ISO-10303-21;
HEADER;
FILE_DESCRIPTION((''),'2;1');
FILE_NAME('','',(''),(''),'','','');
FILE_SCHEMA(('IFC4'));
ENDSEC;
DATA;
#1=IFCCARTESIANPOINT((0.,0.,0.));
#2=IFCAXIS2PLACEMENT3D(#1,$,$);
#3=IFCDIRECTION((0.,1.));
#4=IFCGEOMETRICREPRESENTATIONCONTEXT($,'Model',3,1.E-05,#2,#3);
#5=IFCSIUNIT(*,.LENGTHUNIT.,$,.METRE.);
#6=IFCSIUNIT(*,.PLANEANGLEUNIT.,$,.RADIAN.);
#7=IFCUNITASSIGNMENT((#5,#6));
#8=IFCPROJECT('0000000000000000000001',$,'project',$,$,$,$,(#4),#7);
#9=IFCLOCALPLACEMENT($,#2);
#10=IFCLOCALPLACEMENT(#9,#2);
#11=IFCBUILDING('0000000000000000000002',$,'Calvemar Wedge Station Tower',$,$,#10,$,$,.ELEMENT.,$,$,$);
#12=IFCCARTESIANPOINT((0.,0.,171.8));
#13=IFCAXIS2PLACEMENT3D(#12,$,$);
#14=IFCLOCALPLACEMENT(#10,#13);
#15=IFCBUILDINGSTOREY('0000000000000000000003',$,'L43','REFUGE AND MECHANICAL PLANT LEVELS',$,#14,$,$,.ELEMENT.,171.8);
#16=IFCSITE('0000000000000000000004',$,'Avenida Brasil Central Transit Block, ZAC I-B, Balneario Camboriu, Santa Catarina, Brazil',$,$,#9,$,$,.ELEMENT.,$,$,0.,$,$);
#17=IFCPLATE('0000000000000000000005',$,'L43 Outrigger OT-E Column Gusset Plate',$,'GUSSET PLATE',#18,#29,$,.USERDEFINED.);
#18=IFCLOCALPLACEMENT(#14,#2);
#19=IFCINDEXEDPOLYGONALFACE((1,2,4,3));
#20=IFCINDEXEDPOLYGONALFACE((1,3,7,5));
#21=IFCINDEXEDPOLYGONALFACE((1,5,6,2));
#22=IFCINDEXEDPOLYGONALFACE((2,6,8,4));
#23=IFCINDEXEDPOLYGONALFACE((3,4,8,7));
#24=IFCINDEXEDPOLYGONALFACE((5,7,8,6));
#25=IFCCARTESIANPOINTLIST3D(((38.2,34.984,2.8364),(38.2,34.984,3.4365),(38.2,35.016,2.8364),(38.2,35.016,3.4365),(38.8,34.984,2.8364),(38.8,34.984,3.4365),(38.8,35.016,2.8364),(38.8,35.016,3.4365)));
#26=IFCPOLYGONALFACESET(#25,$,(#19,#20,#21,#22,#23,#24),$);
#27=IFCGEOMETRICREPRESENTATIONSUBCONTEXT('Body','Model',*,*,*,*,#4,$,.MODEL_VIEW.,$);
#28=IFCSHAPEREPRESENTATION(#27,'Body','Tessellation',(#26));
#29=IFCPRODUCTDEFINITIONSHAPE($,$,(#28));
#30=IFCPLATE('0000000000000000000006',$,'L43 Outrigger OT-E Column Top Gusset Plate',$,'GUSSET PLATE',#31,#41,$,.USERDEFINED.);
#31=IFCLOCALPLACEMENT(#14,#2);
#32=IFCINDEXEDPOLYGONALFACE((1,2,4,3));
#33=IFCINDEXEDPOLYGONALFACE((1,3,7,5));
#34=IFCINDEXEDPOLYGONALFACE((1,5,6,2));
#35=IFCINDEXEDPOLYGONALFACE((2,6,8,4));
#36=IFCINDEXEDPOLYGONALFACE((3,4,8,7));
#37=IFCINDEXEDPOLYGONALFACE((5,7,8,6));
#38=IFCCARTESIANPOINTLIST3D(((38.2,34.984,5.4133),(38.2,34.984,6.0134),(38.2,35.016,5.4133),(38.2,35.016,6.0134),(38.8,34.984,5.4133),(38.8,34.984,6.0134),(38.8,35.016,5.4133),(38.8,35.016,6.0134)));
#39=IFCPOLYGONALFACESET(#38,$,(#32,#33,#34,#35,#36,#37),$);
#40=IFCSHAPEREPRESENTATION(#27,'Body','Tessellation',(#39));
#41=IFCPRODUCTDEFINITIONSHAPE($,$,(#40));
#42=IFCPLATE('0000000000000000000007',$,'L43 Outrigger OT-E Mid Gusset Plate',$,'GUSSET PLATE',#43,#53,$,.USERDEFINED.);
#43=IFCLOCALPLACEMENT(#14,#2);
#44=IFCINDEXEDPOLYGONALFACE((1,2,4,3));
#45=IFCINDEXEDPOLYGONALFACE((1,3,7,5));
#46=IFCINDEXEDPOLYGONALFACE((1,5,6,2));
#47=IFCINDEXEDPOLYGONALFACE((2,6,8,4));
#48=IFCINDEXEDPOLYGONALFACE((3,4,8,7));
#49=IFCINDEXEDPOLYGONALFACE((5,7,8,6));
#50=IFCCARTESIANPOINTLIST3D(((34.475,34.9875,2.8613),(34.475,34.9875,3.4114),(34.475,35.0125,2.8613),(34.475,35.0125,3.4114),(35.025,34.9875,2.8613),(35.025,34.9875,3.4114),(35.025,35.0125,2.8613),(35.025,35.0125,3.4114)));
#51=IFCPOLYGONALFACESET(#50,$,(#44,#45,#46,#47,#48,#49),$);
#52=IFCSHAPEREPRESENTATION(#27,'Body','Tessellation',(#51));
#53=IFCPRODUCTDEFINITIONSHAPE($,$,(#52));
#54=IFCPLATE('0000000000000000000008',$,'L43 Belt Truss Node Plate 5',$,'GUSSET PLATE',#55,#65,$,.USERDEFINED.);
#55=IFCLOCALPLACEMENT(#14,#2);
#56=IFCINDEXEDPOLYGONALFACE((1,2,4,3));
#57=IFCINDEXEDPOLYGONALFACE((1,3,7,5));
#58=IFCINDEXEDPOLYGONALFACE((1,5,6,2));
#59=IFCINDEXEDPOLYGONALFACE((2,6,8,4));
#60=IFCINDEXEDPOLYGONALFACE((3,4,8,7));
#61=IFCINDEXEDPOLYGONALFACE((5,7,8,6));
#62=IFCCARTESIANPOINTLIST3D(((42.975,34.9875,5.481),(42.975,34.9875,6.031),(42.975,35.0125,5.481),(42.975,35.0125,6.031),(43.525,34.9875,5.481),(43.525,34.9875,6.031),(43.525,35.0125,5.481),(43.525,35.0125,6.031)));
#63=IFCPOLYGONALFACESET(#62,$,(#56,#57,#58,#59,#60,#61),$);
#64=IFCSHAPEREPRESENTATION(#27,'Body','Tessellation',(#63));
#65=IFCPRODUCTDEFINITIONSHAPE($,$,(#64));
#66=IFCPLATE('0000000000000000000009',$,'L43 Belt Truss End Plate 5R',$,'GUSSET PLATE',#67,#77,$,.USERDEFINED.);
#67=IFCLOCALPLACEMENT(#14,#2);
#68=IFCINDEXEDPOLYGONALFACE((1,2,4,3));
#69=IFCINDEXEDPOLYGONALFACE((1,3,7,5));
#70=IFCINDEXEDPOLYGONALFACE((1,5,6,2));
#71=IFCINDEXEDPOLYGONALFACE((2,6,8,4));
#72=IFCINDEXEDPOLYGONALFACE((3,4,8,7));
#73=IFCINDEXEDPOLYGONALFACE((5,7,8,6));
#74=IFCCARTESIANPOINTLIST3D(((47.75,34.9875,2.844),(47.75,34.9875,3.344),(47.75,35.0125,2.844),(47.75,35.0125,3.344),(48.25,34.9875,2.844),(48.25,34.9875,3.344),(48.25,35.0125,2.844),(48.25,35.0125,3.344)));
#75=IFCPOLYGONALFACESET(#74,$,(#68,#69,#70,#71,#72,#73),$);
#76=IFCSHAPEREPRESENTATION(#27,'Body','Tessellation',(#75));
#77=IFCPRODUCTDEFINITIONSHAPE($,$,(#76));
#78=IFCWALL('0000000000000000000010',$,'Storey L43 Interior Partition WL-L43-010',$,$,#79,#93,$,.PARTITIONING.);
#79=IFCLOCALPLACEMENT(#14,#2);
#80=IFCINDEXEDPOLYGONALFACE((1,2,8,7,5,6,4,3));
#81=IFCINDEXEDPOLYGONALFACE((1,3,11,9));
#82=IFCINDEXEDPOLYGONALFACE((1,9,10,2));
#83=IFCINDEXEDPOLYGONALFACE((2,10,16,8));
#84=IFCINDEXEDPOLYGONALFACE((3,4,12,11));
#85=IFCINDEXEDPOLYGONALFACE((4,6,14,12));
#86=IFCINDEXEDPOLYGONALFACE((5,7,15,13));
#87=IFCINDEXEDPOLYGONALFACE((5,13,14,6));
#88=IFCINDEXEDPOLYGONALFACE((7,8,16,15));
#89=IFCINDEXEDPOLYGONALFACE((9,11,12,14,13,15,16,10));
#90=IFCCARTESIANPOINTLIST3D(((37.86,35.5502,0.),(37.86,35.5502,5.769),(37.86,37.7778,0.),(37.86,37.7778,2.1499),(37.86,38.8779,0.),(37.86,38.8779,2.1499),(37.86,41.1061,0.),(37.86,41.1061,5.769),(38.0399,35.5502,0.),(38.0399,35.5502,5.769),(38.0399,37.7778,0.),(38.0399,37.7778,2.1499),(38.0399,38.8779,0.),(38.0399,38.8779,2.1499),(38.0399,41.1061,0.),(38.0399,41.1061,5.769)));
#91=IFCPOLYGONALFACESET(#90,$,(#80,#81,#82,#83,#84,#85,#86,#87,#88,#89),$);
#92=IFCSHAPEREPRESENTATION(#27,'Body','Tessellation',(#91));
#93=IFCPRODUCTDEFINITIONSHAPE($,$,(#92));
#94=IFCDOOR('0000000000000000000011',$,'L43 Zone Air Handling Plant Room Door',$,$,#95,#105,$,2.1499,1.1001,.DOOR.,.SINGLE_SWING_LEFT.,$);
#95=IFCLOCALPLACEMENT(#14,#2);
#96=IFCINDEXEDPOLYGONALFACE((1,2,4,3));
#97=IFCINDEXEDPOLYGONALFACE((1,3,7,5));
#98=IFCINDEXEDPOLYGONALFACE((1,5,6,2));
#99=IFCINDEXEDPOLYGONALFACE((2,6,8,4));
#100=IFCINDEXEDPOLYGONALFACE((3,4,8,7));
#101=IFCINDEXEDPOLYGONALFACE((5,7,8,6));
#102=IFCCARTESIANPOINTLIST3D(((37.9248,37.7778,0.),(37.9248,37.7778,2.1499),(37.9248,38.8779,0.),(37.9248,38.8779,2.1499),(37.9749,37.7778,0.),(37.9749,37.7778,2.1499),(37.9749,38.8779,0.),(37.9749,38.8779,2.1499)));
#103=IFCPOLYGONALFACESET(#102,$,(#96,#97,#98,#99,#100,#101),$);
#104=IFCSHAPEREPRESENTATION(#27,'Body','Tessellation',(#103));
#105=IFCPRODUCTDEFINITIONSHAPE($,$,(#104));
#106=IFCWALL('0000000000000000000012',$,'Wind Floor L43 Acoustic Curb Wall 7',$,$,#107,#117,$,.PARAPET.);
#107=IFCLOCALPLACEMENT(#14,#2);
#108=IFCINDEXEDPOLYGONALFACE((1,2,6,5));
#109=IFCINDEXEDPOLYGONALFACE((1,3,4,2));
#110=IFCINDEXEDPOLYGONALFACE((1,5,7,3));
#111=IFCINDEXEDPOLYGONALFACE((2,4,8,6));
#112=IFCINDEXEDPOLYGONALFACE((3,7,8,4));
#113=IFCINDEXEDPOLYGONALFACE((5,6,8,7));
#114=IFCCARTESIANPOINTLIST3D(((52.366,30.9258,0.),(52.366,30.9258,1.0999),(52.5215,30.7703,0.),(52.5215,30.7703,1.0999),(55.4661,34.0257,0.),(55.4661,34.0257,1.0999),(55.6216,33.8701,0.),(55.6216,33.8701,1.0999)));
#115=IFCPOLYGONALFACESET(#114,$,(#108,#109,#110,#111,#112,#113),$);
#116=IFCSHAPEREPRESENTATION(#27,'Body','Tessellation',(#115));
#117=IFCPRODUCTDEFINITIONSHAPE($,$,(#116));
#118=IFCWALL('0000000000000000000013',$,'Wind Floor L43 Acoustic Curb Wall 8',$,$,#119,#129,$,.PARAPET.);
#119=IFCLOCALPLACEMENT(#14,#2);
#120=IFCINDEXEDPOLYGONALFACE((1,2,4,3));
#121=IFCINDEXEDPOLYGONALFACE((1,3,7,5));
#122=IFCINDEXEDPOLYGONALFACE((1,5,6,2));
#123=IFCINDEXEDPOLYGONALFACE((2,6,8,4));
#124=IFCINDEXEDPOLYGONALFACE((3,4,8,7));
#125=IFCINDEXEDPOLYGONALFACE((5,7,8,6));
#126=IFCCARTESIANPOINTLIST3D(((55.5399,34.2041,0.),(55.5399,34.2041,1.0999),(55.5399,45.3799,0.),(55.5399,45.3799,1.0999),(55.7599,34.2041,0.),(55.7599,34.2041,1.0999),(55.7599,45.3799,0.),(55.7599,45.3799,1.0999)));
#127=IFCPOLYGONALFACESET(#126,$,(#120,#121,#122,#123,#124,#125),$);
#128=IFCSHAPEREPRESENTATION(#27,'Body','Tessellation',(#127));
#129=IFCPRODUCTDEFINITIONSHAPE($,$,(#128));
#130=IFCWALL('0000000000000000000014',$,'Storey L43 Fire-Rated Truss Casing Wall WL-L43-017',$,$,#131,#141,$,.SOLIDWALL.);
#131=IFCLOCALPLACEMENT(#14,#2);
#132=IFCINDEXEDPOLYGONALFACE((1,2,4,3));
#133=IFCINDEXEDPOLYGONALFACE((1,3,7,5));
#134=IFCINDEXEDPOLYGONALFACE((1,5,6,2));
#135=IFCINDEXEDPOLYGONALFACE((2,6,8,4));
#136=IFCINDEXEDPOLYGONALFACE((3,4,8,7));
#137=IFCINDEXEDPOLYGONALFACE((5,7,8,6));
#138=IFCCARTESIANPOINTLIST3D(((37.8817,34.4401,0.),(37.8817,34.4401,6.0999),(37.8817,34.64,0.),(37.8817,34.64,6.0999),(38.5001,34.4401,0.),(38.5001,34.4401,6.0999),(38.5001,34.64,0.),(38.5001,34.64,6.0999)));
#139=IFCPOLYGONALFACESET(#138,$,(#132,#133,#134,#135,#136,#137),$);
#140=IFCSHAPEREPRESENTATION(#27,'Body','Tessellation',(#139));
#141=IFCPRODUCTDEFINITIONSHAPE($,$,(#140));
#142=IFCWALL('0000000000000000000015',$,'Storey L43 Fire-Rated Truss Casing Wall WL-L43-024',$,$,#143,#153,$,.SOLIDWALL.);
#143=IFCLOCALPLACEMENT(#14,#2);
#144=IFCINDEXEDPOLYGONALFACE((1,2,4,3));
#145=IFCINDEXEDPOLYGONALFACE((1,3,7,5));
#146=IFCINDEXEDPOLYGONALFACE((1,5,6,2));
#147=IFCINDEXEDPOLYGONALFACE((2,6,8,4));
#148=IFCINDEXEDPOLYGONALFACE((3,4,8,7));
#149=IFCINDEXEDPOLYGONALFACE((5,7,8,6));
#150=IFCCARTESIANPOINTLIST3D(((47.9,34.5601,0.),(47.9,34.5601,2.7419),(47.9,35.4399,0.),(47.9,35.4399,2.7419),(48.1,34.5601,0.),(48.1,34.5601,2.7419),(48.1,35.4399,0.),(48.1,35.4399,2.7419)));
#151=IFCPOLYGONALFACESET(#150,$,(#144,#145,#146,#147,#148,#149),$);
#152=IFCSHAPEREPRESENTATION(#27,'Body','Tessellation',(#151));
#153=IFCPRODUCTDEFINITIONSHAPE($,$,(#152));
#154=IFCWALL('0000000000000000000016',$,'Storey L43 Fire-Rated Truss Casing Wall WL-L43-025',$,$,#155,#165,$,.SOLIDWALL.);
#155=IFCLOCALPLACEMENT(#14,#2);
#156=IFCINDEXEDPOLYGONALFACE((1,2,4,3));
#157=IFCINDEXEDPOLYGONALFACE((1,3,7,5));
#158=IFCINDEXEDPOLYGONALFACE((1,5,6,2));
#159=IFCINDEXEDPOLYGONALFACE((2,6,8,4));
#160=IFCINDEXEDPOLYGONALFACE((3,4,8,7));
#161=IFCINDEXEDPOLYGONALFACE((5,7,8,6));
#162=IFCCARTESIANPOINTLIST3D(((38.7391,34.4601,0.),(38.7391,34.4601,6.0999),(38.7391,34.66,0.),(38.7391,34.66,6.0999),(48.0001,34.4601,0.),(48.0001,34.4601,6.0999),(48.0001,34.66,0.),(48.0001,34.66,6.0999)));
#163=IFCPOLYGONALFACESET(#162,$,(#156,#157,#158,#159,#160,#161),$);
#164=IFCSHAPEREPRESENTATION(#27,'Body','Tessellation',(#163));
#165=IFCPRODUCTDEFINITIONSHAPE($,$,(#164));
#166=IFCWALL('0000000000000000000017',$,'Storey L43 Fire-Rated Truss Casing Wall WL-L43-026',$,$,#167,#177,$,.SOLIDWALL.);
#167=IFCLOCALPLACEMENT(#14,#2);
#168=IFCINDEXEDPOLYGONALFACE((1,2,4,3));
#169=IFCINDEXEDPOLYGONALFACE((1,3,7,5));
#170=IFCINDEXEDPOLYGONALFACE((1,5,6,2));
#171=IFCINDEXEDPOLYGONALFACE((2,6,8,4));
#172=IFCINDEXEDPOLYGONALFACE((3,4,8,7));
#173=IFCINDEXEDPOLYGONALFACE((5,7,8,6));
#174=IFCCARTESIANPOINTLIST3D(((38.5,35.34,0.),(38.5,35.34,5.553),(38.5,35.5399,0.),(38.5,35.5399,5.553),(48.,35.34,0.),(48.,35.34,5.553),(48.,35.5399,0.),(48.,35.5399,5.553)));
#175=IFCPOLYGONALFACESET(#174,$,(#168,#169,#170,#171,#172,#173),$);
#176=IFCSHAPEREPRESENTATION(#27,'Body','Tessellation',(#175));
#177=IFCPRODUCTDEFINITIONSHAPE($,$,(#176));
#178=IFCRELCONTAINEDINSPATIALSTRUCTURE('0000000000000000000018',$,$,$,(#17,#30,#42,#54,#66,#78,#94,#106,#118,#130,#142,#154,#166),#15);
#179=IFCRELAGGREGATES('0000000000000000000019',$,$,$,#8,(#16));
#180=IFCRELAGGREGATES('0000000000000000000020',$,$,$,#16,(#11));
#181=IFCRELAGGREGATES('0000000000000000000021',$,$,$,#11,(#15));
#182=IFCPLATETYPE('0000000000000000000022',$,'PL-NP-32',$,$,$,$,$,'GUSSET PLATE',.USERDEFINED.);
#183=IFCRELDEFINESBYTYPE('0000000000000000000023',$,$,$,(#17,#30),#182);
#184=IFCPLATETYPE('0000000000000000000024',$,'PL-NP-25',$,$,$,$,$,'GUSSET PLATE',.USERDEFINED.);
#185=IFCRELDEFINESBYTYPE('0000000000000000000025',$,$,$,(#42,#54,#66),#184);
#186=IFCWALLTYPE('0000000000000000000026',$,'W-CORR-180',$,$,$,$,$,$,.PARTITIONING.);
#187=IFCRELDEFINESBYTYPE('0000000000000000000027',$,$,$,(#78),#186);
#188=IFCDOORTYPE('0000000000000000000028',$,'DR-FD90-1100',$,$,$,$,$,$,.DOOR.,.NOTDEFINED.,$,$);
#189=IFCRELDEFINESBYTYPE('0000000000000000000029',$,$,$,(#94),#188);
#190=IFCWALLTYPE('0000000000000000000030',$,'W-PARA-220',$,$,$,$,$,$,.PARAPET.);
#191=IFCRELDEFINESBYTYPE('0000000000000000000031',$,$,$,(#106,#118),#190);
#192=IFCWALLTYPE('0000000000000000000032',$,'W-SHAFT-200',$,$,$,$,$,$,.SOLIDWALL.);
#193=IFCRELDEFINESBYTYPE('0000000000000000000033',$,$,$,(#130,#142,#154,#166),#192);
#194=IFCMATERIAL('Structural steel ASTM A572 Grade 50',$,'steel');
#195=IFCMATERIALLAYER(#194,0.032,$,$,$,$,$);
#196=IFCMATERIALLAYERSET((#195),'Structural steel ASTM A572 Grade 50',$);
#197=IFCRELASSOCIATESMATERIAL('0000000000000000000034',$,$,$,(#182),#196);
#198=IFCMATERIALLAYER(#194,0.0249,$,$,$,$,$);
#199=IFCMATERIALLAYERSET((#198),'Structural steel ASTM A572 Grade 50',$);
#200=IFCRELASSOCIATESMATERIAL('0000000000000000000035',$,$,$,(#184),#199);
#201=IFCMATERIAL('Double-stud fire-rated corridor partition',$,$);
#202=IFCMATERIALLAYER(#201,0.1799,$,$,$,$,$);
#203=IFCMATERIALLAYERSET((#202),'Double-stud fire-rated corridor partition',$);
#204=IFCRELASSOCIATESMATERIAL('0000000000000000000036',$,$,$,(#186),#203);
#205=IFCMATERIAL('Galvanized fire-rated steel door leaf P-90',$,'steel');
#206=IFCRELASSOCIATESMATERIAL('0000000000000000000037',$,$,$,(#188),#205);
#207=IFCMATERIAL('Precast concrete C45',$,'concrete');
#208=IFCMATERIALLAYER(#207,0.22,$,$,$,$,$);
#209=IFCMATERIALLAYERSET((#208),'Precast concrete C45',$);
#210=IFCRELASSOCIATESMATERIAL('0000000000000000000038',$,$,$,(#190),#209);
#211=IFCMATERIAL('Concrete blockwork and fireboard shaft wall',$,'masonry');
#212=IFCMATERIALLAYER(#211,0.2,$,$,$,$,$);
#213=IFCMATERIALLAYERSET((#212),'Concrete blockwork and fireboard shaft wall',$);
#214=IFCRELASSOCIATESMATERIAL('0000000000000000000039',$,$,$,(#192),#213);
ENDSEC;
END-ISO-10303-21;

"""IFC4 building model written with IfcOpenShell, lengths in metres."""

from ifc_helpers import new_model, si_unit, direction, frame, frame_2d, origin, origin_2d, place, context, subcontext, project, spatial, rectangle, extrude, source, transform, mapped, material, layer, layer_set, type_object, element, fill, save


model = new_model("IFC4")

# Units and contexts
model_context = context("Model", 3, precision=1e-05, world=origin(), true_north=direction((0.0, 1.0)))
body_context = subcontext(model_context, "Body", "Model", "MODEL_VIEW")
ifc_project = project(units=[si_unit("LENGTHUNIT", "METRE"), si_unit("PLANEANGLEUNIT", "RADIAN")], contexts=[model_context])

# Site, building, storey
site_placement = place(None, origin())
site = spatial("IfcSite", under=ifc_project, at=site_placement, Name="Avenida Brasil Central Transit Block, ZAC I-B, Balneario Camboriu, Santa Catarina, Brazil", CompositionType="ELEMENT", RefElevation=0.0)
building_placement = place(site_placement, origin())
building = spatial("IfcBuilding", under=site, at=building_placement, Name="Calvemar Wedge Station Tower", CompositionType="ELEMENT")
storey_placement = place(building_placement, frame((0.0, 0.0, 171.8)))
storey = spatial("IfcBuildingStorey", under=building, at=storey_placement, Name="L43", Description="REFUGE AND MECHANICAL PLANT LEVELS", CompositionType="ELEMENT", Elevation=171.8)

# Shared definitions
ifc_material_1 = material(Name="Structural steel ASTM A572 Grade 50", Category="steel")

# Plates
ifc_layer_1 = layer(ifc_material_1, 0.032)
ifc_layer_set_1 = layer_set([ifc_layer_1], Name="Structural steel ASTM A572 Grade 50")
plate_type_1 = type_object("IfcPlateType", Name="PL-NP-32", ElementType="GUSSET PLATE", PredefinedType="USERDEFINED", material=ifc_layer_set_1)
shared_shape_1 = source(origin(), body_context, "Body", "SweptSolid", [
    extrude(rectangle(XDim=0.6001, YDim=0.032, at=origin_2d()), origin(), (0.0, 0.0, 1.0), 0.6001),
])
for number, where, z_axis, x_axis, name in (
    (1, (38.5, 35.0, 2.8364), (0.0, 0.0, 1.0), (1.0, 0.0, 0.0), "L43 Outrigger OT-E Column Gusset Plate"),
    (2, (38.5, 35.0, 5.4133), (0.0, 0.0, 1.0), (1.0, 0.0, 0.0), "L43 Outrigger OT-E Column Top Gusset Plate"),
):
    element("IfcPlate", number, at=place(storey_placement, frame(where, z_axis=z_axis, x_axis=x_axis)), inside=storey, type_object=plate_type_1, Name=name, ObjectType="GUSSET PLATE", PredefinedType="USERDEFINED", context=body_context, shape_type="MappedRepresentation", body=[
        mapped(shared_shape_1, transform((0.0, 0.0, 0.0), scale=1.0)),
    ])
ifc_layer_2 = layer(ifc_material_1, 0.0249)
ifc_layer_set_2 = layer_set([ifc_layer_2], Name="Structural steel ASTM A572 Grade 50")
plate_type_2 = type_object("IfcPlateType", Name="PL-NP-25", ElementType="GUSSET PLATE", PredefinedType="USERDEFINED", material=ifc_layer_set_2)
shared_shape_2 = source(origin(), body_context, "Body", "SweptSolid", [
    extrude(rectangle(XDim=0.55, YDim=0.0249, at=origin_2d()), origin(), (0.0, 0.0, 1.0), 0.55),
])
for number, where, z_axis, x_axis, name in (
    (3, (34.75, 35.0, 2.8613), (0.0, 0.0, 1.0), (1.0, 0.0, 0.0), "L43 Outrigger OT-E Mid Gusset Plate"),
    (4, (43.25, 35.0, 5.481), (0.0, 0.0, 1.0), (1.0, 0.0, 0.0), "L43 Belt Truss Node Plate 5"),
):
    element("IfcPlate", number, at=place(storey_placement, frame(where, z_axis=z_axis, x_axis=x_axis)), inside=storey, type_object=plate_type_2, Name=name, ObjectType="GUSSET PLATE", PredefinedType="USERDEFINED", context=body_context, shape_type="MappedRepresentation", body=[
        mapped(shared_shape_2, transform((0.0, 0.0, 0.0), scale=1.0)),
    ])
shared_shape_3 = source(origin(), body_context, "Body", "SweptSolid", [
    extrude(rectangle(XDim=0.5, YDim=0.0249, at=origin_2d()), origin(), (0.0, 0.0, 1.0), 0.5),
])
plate_1_placement = place(storey_placement, frame((48.0, 35.0, 2.844), z_axis=(0.0, 0.0, 1.0), x_axis=(1.0, 0.0, 0.0)))
element("IfcPlate", 5, at=plate_1_placement, inside=storey, type_object=plate_type_2, Name="L43 Belt Truss End Plate 5R", ObjectType="GUSSET PLATE", PredefinedType="USERDEFINED", context=body_context, shape_type="MappedRepresentation", body=[
    mapped(shared_shape_3, transform((0.0, 0.0, 0.0), scale=1.0)),
])

# Wall, opening, door
ifc_material_2 = material(Name="Double-stud fire-rated corridor partition")
ifc_layer_3 = layer(ifc_material_2, 0.1799)
ifc_layer_set_3 = layer_set([ifc_layer_3], Name="Double-stud fire-rated corridor partition")
wall_type_1 = type_object("IfcWallType", Name="W-CORR-180", PredefinedType="PARTITIONING", material=ifc_layer_set_3)
wall_1_placement = place(storey_placement, frame((37.95, 41.106, 0.0), z_axis=(0.0, 0.0, 1.0), x_axis=(0.0, -1.0, 0.0)))
wall_1 = element("IfcWall", 6, at=wall_1_placement, inside=storey, type_object=wall_type_1, Name="Storey L43 Interior Partition WL-L43-010", PredefinedType="PARTITIONING", context=body_context, shape_type="SweptSolid", body=[
    extrude(rectangle(XDim=5.5559, YDim=0.1799, at=frame_2d((2.7778, 0.0))), origin(), (0.0, 0.0, 1.0), 5.769),
])
shared_shape_4 = source(origin(), body_context, "Body", "SweptSolid", [
    extrude(rectangle(XDim=1.1001, YDim=2.1499, at=frame_2d((0.55, 1.075))), frame((0.0, 0.1001, 0.0), z_axis=(0.0, -1.0, 0.0), x_axis=(1.0, 0.0, 0.0)), (0.0, 0.0, 1.0), 0.2),
])
opening_placement = place(wall_1_placement, frame((2.228, 0.0, 0.0)))
opening = element("IfcOpeningElement", 7, at=opening_placement, cuts=wall_1, PredefinedType="OPENING", context=body_context, shape_type="MappedRepresentation", body=[
    mapped(shared_shape_4, transform((0.0, 0.0, 0.0), scale=1.0)),
])
ifc_material_3 = material(Name="Galvanized fire-rated steel door leaf P-90", Category="steel")
door_type = type_object("IfcDoorType", Name="DR-FD90-1100", OperationType="NOTDEFINED", PredefinedType="DOOR", material=ifc_material_3)
shared_shape_5 = source(origin(), body_context, "Body", "SweptSolid", [
    extrude(rectangle(XDim=1.1001, YDim=2.1499, at=frame_2d((0.55, 1.075))), frame((0.0, 0.0249, 0.0), z_axis=(0.0, -1.0, 0.0), x_axis=(1.0, 0.0, 0.0)), (0.0, 0.0, 1.0), 0.05),
])
door_placement = place(opening_placement, origin())
door = element("IfcDoor", 8, at=door_placement, inside=storey, type_object=door_type, Name="L43 Zone Air Handling Plant Room Door", OperationType="SINGLE_SWING_LEFT", OverallHeight=2.1499, OverallWidth=1.1001, PredefinedType="DOOR", context=body_context, shape_type="MappedRepresentation", body=[
    mapped(shared_shape_5, transform((0.0, 0.0, 0.0), scale=1.0)),
])
fill(opening, door)

# Walls
ifc_material_4 = material(Name="Precast concrete C45", Category="concrete")
ifc_layer_4 = layer(ifc_material_4, 0.22)
ifc_layer_set_4 = layer_set([ifc_layer_4], Name="Precast concrete C45")
wall_type_2 = type_object("IfcWallType", Name="W-PARA-220", PredefinedType="PARAPET", material=ifc_layer_set_4)
wall_2_placement = place(storey_placement, frame((52.4438, 30.8481, 0.0), z_axis=(0.0, 0.0, 1.0), x_axis=(0.707135, 0.707079, 0.0)))
element("IfcWall", 9, at=wall_2_placement, inside=storey, type_object=wall_type_2, Name="Wind Floor L43 Acoustic Curb Wall 7", PredefinedType="PARAPET", context=body_context, shape_type="SweptSolid", body=[
    extrude(rectangle(XDim=4.384, YDim=0.22, at=frame_2d((2.1919, 0.0))), origin(), (0.0, 0.0, 1.0), 1.0999),
])
wall_3_placement = place(storey_placement, frame((55.6499, 34.2041, 0.0), z_axis=(0.0, 0.0, 1.0), x_axis=(0.0, 1.0, 0.0)))
element("IfcWall", 10, at=wall_3_placement, inside=storey, type_object=wall_type_2, Name="Wind Floor L43 Acoustic Curb Wall 8", PredefinedType="PARAPET", context=body_context, shape_type="SweptSolid", body=[
    extrude(rectangle(XDim=11.1758, YDim=0.22, at=frame_2d((5.5879, 0.0))), origin(), (0.0, 0.0, 1.0), 1.0999),
])
ifc_material_5 = material(Name="Concrete blockwork and fireboard shaft wall", Category="masonry")
ifc_layer_5 = layer(ifc_material_5, 0.2)
ifc_layer_set_5 = layer_set([ifc_layer_5], Name="Concrete blockwork and fireboard shaft wall")
wall_type_3 = type_object("IfcWallType", Name="W-SHAFT-200", PredefinedType="SOLIDWALL", material=ifc_layer_set_5)
wall_4_placement = place(storey_placement, frame((38.5, 34.54, 0.0), z_axis=(0.0, 0.0, 1.0), x_axis=(-1.0, 0.0, 0.0)))
element("IfcWall", 11, at=wall_4_placement, inside=storey, type_object=wall_type_3, Name="Storey L43 Fire-Rated Truss Casing Wall WL-L43-017", PredefinedType="SOLIDWALL", context=body_context, shape_type="SweptSolid", body=[
    extrude(rectangle(XDim=0.6184, YDim=0.2, at=frame_2d((0.3091, 0.0))), origin(), (0.0, 0.0, 1.0), 6.0999),
])
wall_5_placement = place(storey_placement, frame((48.0, 35.4399, 0.0), z_axis=(0.0, 0.0, 1.0), x_axis=(0.0, -1.0, 0.0)))
element("IfcWall", 12, at=wall_5_placement, inside=storey, type_object=wall_type_3, Name="Storey L43 Fire-Rated Truss Casing Wall WL-L43-024", PredefinedType="SOLIDWALL", context=body_context, shape_type="SweptSolid", body=[
    extrude(rectangle(XDim=0.8799, YDim=0.2, at=frame_2d((0.4399, 0.0))), origin(), (0.0, 0.0, 1.0), 2.7419),
])
wall_6_placement = place(storey_placement, frame((48.0, 34.5601, 0.0), z_axis=(0.0, 0.0, 1.0), x_axis=(-1.0, 0.0, 0.0)))
element("IfcWall", 13, at=wall_6_placement, inside=storey, type_object=wall_type_3, Name="Storey L43 Fire-Rated Truss Casing Wall WL-L43-025", PredefinedType="SOLIDWALL", context=body_context, shape_type="SweptSolid", body=[
    extrude(rectangle(XDim=9.261, YDim=0.2, at=frame_2d((4.6304, 0.0))), origin(), (0.0, 0.0, 1.0), 6.0999),
])
wall_7_placement = place(storey_placement, frame((38.5, 35.4399, 0.0), z_axis=(0.0, 0.0, 1.0), x_axis=(1.0, 0.0, 0.0)))
element("IfcWall", 14, at=wall_7_placement, inside=storey, type_object=wall_type_3, Name="Storey L43 Fire-Rated Truss Casing Wall WL-L43-026", PredefinedType="SOLIDWALL", context=body_context, shape_type="SweptSolid", body=[
    extrude(rectangle(XDim=9.5, YDim=0.2, at=frame_2d((4.75, 0.0))), origin(), (0.0, 0.0, 1.0), 5.553),
])

save(model, "model.ifc")
